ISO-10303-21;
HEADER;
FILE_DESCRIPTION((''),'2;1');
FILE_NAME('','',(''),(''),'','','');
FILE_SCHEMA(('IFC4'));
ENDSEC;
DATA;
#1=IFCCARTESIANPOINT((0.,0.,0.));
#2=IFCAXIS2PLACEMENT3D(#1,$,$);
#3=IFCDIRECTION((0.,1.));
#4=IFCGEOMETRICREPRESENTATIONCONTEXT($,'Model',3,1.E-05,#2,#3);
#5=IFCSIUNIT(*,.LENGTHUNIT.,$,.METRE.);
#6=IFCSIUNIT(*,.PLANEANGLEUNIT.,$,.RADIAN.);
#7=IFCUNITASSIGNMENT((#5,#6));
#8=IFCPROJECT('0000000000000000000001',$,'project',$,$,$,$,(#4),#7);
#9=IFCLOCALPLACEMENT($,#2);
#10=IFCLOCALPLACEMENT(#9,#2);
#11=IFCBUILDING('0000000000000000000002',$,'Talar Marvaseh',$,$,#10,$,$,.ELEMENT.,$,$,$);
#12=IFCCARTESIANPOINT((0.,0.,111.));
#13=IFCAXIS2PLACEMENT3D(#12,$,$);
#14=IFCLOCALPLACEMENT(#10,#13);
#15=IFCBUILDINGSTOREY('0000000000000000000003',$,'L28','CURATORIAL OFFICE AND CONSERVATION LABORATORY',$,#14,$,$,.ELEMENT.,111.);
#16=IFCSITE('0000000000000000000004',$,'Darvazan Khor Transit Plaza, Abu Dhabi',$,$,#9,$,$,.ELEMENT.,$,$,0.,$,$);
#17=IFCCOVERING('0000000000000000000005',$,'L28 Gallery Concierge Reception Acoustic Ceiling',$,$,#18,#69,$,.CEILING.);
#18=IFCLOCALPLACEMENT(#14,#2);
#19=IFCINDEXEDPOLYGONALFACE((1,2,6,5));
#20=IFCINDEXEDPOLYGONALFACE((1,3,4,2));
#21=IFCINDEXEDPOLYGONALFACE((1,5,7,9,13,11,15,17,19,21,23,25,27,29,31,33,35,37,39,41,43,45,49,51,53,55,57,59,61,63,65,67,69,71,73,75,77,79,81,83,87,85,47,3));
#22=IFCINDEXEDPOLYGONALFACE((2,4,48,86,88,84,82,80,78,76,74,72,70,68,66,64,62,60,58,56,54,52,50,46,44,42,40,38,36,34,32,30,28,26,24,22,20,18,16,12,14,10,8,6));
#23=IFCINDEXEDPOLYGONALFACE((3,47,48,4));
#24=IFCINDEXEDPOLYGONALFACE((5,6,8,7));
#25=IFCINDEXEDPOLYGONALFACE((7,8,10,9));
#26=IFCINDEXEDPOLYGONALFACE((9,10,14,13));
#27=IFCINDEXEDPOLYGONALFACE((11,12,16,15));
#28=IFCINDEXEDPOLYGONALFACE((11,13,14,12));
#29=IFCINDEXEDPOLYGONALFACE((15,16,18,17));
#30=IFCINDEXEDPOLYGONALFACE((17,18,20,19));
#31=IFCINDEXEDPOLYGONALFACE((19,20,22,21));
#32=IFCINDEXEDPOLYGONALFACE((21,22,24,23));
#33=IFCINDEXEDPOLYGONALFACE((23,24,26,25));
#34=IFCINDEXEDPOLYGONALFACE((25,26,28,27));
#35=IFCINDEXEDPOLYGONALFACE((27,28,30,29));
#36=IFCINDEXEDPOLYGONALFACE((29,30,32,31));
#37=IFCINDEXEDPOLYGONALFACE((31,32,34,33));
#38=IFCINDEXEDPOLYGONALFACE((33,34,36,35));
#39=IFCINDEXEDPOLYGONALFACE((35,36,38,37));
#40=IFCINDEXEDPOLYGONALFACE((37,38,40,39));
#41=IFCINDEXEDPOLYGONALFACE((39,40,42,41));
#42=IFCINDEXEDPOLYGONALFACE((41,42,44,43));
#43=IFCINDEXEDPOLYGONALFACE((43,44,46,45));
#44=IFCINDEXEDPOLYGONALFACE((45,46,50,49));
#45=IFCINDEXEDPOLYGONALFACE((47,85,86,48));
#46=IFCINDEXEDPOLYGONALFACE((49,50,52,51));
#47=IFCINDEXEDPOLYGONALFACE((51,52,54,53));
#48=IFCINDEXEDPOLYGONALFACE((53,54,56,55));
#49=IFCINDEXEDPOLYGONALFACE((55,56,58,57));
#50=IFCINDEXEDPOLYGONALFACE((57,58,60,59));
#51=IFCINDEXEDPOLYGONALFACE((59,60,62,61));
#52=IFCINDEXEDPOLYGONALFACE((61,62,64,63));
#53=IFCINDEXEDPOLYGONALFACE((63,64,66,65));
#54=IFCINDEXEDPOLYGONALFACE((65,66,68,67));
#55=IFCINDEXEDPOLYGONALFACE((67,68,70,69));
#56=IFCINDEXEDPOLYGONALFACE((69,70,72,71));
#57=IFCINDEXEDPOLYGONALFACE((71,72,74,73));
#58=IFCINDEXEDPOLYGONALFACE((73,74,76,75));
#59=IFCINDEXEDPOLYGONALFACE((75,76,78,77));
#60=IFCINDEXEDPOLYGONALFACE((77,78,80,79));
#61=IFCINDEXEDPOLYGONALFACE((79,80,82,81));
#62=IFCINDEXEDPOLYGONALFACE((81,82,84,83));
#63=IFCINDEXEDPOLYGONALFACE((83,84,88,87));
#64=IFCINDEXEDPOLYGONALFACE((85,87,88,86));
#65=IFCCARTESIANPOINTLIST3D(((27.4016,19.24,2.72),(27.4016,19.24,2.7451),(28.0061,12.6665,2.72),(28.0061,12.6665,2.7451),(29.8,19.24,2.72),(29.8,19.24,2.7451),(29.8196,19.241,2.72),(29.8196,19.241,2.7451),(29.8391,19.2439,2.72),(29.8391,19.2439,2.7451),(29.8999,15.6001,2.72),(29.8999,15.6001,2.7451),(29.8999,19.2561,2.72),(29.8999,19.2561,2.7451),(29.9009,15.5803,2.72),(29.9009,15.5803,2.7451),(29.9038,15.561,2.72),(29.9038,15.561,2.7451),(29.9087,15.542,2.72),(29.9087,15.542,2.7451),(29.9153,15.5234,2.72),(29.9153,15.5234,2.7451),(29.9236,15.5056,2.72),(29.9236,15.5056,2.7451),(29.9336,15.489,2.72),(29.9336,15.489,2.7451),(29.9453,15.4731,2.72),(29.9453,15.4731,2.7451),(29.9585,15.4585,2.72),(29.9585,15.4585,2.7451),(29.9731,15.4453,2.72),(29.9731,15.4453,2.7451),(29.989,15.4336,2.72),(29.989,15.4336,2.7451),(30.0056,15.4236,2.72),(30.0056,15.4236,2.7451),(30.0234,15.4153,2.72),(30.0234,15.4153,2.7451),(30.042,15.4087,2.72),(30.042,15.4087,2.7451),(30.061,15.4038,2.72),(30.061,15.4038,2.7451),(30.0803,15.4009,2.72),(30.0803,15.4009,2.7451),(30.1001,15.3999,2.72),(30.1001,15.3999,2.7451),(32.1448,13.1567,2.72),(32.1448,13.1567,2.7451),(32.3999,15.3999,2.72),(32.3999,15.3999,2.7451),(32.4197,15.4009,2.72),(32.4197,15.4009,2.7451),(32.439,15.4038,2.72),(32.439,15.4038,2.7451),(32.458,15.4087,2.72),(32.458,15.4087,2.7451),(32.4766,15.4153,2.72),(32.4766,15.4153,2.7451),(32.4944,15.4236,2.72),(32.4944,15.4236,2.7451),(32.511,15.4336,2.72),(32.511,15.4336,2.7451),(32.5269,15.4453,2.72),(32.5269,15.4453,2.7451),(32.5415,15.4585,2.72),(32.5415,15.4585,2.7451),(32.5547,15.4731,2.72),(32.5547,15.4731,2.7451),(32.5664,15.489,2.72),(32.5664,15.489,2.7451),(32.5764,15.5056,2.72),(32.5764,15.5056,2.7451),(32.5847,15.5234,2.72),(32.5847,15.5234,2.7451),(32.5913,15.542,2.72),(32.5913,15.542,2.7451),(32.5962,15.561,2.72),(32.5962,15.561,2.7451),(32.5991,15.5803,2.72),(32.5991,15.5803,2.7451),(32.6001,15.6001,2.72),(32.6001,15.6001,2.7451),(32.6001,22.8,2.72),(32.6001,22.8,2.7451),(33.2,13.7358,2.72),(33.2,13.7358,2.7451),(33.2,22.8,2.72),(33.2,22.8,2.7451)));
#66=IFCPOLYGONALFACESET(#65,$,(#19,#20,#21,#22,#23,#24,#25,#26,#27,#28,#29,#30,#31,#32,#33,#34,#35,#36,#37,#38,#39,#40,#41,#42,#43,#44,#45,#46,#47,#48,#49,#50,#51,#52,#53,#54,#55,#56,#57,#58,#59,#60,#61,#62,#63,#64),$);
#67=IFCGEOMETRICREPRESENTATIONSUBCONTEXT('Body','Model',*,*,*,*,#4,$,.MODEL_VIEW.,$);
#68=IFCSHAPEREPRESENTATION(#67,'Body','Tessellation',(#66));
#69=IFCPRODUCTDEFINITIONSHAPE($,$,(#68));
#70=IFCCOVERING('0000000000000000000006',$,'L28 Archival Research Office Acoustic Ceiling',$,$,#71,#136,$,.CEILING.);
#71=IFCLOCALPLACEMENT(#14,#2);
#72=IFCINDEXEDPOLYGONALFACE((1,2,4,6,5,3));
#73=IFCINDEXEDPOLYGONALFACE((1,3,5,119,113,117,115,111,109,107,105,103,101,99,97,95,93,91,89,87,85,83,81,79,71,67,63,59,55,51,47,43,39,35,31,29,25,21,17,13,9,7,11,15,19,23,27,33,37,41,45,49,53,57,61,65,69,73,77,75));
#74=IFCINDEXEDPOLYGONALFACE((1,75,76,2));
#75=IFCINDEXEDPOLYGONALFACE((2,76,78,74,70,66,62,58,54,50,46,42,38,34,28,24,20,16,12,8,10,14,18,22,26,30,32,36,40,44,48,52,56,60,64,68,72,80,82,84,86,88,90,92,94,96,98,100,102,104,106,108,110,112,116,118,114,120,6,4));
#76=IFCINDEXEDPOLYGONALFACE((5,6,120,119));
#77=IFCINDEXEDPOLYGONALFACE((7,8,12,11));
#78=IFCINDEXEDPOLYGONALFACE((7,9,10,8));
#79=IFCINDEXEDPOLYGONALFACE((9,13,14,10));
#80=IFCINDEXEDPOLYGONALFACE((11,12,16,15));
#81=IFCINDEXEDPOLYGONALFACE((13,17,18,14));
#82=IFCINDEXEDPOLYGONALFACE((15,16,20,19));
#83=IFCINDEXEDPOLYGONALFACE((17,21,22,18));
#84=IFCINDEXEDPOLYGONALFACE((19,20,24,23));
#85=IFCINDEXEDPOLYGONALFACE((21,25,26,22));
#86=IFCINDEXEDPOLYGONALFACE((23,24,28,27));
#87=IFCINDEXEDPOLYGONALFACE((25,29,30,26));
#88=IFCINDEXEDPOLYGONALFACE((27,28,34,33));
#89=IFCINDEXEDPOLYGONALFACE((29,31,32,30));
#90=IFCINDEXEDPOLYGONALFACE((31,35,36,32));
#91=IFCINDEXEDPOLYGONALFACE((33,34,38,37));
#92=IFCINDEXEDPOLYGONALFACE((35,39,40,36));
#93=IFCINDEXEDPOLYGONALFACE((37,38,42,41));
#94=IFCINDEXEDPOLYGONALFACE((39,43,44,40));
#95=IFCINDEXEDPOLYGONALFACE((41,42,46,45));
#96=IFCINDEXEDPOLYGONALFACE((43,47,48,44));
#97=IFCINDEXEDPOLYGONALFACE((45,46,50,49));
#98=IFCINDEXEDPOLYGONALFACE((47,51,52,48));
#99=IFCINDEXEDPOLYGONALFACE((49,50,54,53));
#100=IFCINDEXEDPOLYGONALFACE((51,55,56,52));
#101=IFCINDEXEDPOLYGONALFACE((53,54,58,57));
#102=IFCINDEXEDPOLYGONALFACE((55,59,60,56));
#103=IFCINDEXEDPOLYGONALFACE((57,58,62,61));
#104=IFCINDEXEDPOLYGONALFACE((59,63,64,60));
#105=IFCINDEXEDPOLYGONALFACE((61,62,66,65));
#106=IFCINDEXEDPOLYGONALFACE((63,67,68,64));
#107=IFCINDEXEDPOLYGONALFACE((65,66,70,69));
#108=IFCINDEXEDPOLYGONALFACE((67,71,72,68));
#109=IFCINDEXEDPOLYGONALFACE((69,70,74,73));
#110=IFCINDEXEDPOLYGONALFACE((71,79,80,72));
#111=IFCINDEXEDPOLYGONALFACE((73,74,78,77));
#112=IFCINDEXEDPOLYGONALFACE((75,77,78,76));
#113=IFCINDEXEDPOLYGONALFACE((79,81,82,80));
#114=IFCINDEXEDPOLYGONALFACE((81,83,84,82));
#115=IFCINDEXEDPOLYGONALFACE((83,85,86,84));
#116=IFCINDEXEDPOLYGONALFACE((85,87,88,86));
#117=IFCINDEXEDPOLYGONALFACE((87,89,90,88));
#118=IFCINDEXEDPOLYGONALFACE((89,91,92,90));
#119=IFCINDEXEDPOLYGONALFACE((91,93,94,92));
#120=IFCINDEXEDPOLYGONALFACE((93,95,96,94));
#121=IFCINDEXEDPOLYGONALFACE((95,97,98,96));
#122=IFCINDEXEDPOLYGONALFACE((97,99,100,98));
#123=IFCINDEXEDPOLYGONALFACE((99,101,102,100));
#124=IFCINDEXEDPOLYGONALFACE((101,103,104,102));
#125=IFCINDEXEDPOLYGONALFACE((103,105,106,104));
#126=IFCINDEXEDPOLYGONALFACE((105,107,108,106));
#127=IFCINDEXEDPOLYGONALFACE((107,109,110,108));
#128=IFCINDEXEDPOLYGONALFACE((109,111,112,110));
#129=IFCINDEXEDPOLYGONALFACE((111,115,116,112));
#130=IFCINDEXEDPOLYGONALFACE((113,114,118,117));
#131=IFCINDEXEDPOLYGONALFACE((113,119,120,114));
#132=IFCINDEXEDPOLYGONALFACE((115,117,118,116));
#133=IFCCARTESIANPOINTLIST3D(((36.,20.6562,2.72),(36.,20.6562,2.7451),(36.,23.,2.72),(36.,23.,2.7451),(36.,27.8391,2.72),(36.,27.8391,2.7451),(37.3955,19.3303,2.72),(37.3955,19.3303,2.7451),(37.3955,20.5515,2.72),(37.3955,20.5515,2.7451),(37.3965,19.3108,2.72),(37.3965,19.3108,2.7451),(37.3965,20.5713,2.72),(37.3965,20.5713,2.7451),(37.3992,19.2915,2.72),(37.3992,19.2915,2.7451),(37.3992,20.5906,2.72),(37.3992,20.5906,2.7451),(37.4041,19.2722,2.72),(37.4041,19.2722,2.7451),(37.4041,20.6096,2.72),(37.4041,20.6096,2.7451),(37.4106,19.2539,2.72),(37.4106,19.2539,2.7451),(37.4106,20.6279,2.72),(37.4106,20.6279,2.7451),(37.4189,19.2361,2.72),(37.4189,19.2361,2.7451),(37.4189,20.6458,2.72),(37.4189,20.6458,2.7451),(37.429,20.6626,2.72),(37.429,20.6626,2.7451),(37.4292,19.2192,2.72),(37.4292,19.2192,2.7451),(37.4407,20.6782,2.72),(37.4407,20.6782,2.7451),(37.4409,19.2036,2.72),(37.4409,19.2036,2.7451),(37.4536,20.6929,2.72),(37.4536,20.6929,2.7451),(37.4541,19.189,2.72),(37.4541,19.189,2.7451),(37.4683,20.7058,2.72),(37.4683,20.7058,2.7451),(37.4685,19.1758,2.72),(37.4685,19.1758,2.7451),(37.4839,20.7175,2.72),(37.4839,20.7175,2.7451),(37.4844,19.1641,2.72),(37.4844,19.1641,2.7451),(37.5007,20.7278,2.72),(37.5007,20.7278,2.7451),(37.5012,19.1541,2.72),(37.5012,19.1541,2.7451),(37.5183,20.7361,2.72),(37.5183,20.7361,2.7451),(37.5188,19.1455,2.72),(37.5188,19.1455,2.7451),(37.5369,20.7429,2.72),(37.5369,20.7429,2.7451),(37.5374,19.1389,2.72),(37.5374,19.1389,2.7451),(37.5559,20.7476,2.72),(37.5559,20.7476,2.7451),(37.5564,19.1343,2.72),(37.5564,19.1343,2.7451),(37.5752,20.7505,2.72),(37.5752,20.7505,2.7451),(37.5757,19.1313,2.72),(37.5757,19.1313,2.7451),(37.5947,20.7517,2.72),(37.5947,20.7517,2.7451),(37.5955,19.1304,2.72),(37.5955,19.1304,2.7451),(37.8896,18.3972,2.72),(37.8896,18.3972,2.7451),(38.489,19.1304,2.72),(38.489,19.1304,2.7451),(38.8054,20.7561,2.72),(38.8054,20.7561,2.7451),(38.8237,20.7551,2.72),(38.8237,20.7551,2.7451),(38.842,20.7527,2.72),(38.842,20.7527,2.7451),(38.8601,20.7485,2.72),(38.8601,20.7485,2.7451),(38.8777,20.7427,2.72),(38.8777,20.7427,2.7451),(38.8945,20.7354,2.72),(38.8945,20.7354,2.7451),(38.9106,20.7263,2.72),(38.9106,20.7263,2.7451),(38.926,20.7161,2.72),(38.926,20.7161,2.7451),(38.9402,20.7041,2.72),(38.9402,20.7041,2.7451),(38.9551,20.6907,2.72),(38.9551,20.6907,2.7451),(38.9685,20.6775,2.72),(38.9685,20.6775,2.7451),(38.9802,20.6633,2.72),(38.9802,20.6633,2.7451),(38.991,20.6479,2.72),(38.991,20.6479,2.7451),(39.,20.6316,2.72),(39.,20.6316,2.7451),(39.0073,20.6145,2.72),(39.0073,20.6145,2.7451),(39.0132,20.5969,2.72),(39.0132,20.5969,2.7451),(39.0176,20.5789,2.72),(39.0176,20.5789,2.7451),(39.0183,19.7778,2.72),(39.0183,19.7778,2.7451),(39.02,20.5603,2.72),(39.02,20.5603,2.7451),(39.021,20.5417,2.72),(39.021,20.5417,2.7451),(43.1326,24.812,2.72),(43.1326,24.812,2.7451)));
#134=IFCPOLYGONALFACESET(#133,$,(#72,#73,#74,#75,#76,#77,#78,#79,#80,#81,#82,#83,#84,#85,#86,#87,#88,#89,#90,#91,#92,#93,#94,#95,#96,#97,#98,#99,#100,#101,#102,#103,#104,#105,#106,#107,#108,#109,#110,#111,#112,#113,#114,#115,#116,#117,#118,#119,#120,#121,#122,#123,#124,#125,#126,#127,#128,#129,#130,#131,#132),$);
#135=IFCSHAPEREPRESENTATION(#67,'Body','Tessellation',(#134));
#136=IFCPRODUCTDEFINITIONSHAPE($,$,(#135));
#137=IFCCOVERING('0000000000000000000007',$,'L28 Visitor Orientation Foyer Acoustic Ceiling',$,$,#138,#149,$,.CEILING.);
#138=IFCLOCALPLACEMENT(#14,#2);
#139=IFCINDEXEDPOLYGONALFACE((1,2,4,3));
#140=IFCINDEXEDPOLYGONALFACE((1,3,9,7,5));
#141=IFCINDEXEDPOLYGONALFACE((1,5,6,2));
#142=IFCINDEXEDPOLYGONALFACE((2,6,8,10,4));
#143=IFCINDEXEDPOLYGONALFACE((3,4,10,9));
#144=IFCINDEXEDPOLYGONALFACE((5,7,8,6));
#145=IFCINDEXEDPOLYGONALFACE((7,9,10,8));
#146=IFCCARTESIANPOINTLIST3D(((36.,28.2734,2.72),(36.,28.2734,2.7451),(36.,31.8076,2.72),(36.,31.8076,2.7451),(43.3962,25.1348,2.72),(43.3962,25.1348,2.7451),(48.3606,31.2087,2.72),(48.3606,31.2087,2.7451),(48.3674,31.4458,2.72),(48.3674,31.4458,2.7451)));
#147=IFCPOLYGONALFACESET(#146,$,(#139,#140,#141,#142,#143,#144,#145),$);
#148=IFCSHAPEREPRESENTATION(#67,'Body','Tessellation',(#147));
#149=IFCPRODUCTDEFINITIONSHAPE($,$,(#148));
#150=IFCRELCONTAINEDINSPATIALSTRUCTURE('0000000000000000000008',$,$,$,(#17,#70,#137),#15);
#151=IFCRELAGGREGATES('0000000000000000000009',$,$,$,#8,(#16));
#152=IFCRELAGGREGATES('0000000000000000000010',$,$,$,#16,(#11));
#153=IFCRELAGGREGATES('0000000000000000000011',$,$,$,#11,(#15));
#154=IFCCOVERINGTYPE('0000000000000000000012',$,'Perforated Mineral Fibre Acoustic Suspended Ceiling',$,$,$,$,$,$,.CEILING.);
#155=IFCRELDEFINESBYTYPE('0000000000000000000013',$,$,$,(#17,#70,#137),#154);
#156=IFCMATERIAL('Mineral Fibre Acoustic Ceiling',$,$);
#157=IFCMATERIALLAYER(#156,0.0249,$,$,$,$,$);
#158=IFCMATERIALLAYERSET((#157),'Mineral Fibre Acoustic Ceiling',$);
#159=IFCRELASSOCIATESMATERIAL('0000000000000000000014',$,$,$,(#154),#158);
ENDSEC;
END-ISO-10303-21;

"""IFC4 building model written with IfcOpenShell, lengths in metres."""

from ifc_helpers import new_model, si_unit, direction, frame, origin, place, context, subcontext, project, spatial, polyline, outline, extrude, material, layer, layer_set, type_object, element, save


model = new_model("IFC4")

# Units and contexts
model_context = context("Model", 3, precision=1e-05, world=origin(), true_north=direction((0.0, 1.0)))
body_context = subcontext(model_context, "Body", "Model", "MODEL_VIEW")
ifc_project = project(units=[si_unit("LENGTHUNIT", "METRE"), si_unit("PLANEANGLEUNIT", "RADIAN")], contexts=[model_context])

# Site, building, storey
site_placement = place(None, origin())
site = spatial("IfcSite", under=ifc_project, at=site_placement, Name="Darvazan Khor Transit Plaza, Abu Dhabi", CompositionType="ELEMENT", RefElevation=0.0)
building_placement = place(site_placement, origin())
building = spatial("IfcBuilding", under=site, at=building_placement, Name="Talar Marvaseh", CompositionType="ELEMENT")
storey_placement = place(building_placement, frame((0.0, 0.0, 111.0)))
storey = spatial("IfcBuildingStorey", under=building, at=storey_placement, Name="L28", Description="CURATORIAL OFFICE AND CONSERVATION LABORATORY", CompositionType="ELEMENT", Elevation=111.0)

# Coverings
ifc_material_1 = material(Name="Mineral Fibre Acoustic Ceiling")
ifc_layer_1 = layer(ifc_material_1, 0.0249)
ifc_layer_set_1 = layer_set([ifc_layer_1], Name="Mineral Fibre Acoustic Ceiling")
covering_type_1 = type_object("IfcCoveringType", Name="Perforated Mineral Fibre Acoustic Suspended Ceiling", PredefinedType="CEILING", material=ifc_layer_set_1)
covering_1_placement = place(storey_placement, frame((0.0, 0.0, 2.72)))
element("IfcCovering", 1, at=covering_1_placement, inside=storey, type_object=covering_type_1, Name="L28 Gallery Concierge Reception Acoustic Ceiling", PredefinedType="CEILING", context=body_context, shape_type="SweptSolid", body=[
    extrude(outline(polyline([(29.9009, 15.5803), (29.9038, 15.561), (29.9087, 15.542), (29.9153, 15.5234), (29.9236, 15.5056), (29.9336, 15.489), (29.9453, 15.4731), (29.9585, 15.4585), (29.9731, 15.4453), (29.989, 15.4336), (30.0056, 15.4236), (30.0234, 15.4153), (30.042, 15.4087), (30.061, 15.4038), (30.0803, 15.4009), (30.1001, 15.3999), (32.3999, 15.3999), (32.4197, 15.4009), (32.439, 15.4038), (32.458, 15.4087), (32.4766, 15.4153), (32.4944, 15.4236), (32.511, 15.4336), (32.5269, 15.4453), (32.5415, 15.4585), (32.5547, 15.4731), (32.5664, 15.489), (32.5764, 15.5056), (32.5847, 15.5234), (32.5913, 15.542), (32.5962, 15.561), (32.5991, 15.5803), (32.6001, 15.6001), (32.6001, 22.8), (33.2, 22.8), (33.2, 13.7358), (32.1448, 13.1567), (28.0061, 12.6665), (27.4016, 19.24), (29.8, 19.24), (29.8196, 19.241), (29.8391, 19.2439), (29.8999, 19.2561), (29.8999, 15.6001), (29.9009, 15.5803)])), origin(), (0.0, 0.0, 1.0), 0.0251),
])
covering_2_placement = place(storey_placement, frame((0.0, 0.0, 2.72)))
element("IfcCovering", 2, at=covering_2_placement, inside=storey, type_object=covering_type_1, Name="L28 Archival Research Office Acoustic Ceiling", PredefinedType="CEILING", context=body_context, shape_type="SweptSolid", body=[
    extrude(outline(polyline([(43.1326, 24.812), (39.0183, 19.7778), (39.021, 20.5417), (39.02, 20.5603), (39.0176, 20.5789), (39.0132, 20.5969), (39.0073, 20.6145), (39.0, 20.6316), (38.991, 20.6479), (38.9802, 20.6633), (38.9685, 20.6775), (38.9551, 20.6907), (38.9402, 20.7041), (38.926, 20.7161), (38.9106, 20.7263), (38.8945, 20.7354), (38.8777, 20.7427), (38.8601, 20.7485), (38.842, 20.7527), (38.8237, 20.7551), (38.8054, 20.7561), (37.5947, 20.7517), (37.5752, 20.7505), (37.5559, 20.7476), (37.5369, 20.7429), (37.5183, 20.7361), (37.5007, 20.7278), (37.4839, 20.7175), (37.4683, 20.7058), (37.4536, 20.6929), (37.4407, 20.6782), (37.429, 20.6626), (37.4189, 20.6458), (37.4106, 20.6279), (37.4041, 20.6096), (37.3992, 20.5906), (37.3965, 20.5713), (37.3955, 20.5515), (37.3955, 19.3303), (37.3965, 19.3108), (37.3992, 19.2915), (37.4041, 19.2722), (37.4106, 19.2539), (37.4189, 19.2361), (37.4292, 19.2192), (37.4409, 19.2036), (37.4541, 19.189), (37.4685, 19.1758), (37.4844, 19.1641), (37.5012, 19.1541), (37.5188, 19.1455), (37.5374, 19.1389), (37.5564, 19.1343), (37.5757, 19.1313), (37.5955, 19.1304), (38.489, 19.1304), (37.8896, 18.3972), (36.0, 20.6562), (36.0, 23.0), (36.0, 27.8391), (43.1326, 24.812)])), origin(), (0.0, 0.0, 1.0), 0.0251),
])
covering_3_placement = place(storey_placement, frame((0.0, 0.0, 2.72)))
element("IfcCovering", 3, at=covering_3_placement, inside=storey, type_object=covering_type_1, Name="L28 Visitor Orientation Foyer Acoustic Ceiling", PredefinedType="CEILING", context=body_context, shape_type="SweptSolid", body=[
    extrude(outline(polyline([(36.0, 31.8076), (48.3674, 31.4458), (48.3606, 31.2087), (43.3962, 25.1348), (36.0, 28.2734), (36.0, 31.8076)])), origin(), (0.0, 0.0, 1.0), 0.0251),
])

save(model, "model.ifc")
